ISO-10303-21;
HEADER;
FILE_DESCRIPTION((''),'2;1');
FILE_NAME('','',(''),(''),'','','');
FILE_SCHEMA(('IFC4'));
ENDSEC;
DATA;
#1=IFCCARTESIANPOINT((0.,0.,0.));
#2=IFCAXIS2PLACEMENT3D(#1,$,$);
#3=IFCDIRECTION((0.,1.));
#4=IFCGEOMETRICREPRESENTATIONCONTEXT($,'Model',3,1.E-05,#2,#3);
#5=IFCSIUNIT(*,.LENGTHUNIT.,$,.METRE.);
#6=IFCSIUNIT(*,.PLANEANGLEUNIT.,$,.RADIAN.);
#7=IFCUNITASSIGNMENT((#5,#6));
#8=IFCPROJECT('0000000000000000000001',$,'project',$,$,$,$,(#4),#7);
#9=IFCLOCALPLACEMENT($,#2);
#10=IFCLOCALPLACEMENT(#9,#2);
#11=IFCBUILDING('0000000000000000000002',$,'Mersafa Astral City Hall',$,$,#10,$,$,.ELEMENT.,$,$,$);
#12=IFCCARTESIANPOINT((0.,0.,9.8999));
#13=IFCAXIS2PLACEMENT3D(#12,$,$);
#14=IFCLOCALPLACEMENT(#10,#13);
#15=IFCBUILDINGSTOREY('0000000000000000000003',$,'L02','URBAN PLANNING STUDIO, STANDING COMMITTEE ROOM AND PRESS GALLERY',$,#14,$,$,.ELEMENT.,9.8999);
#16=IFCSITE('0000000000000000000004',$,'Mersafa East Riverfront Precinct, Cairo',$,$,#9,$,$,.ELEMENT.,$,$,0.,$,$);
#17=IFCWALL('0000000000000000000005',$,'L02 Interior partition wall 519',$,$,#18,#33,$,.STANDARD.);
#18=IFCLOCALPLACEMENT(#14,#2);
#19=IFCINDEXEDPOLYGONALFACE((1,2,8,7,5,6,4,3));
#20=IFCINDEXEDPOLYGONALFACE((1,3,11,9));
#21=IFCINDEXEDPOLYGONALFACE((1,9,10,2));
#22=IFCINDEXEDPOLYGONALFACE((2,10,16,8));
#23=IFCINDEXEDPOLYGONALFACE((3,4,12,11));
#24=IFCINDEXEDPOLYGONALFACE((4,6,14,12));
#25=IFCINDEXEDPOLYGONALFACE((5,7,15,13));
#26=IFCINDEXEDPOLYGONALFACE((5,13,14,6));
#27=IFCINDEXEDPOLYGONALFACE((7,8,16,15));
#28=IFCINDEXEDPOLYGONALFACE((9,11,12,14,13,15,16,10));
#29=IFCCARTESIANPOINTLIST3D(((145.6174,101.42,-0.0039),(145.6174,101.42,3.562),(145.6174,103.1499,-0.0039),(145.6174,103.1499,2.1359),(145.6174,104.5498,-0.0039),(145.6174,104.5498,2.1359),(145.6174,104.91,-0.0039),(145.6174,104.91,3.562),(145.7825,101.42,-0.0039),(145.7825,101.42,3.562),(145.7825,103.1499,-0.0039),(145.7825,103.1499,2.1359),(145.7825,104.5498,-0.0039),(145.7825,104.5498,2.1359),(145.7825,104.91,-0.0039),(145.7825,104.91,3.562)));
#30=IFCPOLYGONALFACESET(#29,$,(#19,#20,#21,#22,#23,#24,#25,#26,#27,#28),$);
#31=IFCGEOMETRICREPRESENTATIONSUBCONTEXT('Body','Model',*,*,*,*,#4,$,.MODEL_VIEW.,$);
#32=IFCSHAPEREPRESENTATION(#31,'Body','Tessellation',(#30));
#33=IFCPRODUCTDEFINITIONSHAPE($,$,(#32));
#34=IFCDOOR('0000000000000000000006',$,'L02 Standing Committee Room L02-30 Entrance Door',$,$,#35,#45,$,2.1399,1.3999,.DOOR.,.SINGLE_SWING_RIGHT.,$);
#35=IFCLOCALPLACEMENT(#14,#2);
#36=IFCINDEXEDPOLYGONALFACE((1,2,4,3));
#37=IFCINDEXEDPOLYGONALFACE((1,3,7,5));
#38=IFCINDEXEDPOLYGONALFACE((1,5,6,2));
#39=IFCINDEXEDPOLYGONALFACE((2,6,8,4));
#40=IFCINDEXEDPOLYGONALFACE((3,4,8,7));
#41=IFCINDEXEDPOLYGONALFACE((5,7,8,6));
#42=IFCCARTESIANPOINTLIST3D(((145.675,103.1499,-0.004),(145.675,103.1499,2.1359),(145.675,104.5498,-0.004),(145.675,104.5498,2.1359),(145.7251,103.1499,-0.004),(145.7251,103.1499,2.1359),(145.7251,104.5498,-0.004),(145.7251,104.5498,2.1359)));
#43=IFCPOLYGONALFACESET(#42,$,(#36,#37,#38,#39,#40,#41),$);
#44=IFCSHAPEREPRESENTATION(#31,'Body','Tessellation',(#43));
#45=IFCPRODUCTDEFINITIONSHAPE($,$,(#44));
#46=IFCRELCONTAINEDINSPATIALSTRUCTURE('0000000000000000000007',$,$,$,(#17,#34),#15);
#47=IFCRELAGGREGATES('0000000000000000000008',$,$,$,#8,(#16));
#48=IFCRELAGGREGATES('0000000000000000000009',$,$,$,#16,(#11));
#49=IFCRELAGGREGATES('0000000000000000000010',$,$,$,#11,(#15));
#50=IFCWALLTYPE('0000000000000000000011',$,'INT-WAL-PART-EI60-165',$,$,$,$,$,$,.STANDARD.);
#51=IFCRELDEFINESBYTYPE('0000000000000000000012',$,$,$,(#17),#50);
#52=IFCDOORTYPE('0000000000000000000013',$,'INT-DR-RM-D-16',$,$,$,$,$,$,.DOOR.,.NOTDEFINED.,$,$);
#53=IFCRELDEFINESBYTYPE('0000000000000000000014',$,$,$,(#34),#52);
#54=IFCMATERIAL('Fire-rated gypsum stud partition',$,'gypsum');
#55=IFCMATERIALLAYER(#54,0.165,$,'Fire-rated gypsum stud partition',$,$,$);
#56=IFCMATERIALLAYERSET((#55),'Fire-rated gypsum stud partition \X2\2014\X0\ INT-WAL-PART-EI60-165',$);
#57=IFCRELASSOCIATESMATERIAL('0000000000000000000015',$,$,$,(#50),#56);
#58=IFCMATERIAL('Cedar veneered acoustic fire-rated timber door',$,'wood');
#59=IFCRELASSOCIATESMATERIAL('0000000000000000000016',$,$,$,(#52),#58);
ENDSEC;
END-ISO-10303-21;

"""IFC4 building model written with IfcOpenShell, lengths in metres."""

from ifc_helpers import new_model, si_unit, direction, frame, frame_2d, origin, place, context, subcontext, project, spatial, rectangle, extrude, material, layer, layer_set, type_object, element, fill, save


model = new_model("IFC4")

# Units and contexts
model_context = context("Model", 3, precision=1e-05, world=origin(), true_north=direction((0.0, 1.0)))
body_context = subcontext(model_context, "Body", "Model", "MODEL_VIEW")
ifc_project = project(units=[si_unit("LENGTHUNIT", "METRE"), si_unit("PLANEANGLEUNIT", "RADIAN")], contexts=[model_context])

# Site, building, storey
site_placement = place(None, origin())
site = spatial("IfcSite", under=ifc_project, at=site_placement, Name="Mersafa East Riverfront Precinct, Cairo", CompositionType="ELEMENT", RefElevation=0.0)
building_placement = place(site_placement, origin())
building = spatial("IfcBuilding", under=site, at=building_placement, Name="Mersafa Astral City Hall", CompositionType="ELEMENT")
storey_placement = place(building_placement, frame((0.0, 0.0, 9.8999)))
storey = spatial("IfcBuildingStorey", under=building, at=storey_placement, Name="L02", Description="URBAN PLANNING STUDIO, STANDING COMMITTEE ROOM AND PRESS GALLERY", CompositionType="ELEMENT", Elevation=9.8999)

# Wall, opening, door
ifc_material_1 = material(Name="Fire-rated gypsum stud partition", Category="gypsum")
ifc_layer_1 = layer(ifc_material_1, 0.165, Name="Fire-rated gypsum stud partition")
ifc_layer_set_1 = layer_set([ifc_layer_1], Name="Fire-rated gypsum stud partition — INT-WAL-PART-EI60-165")
wall_type = type_object("IfcWallType", Name="INT-WAL-PART-EI60-165", PredefinedType="STANDARD", material=ifc_layer_set_1)
wall_placement = place(storey_placement, frame((145.7, 101.4199, -0.0039), z_axis=(0.0, 0.0, 1.0), x_axis=(0.0, 1.0, 0.0)))
wall = element("IfcWall", 1, at=wall_placement, inside=storey, type_object=wall_type, Name="L02 Interior partition wall 519", PredefinedType="STANDARD", context=body_context, shape_type="SweptSolid", body=[
    extrude(rectangle(XDim=3.49, YDim=0.165, at=frame_2d((1.7451, 0.0))), origin(), (0.0, 0.0, 1.0), 3.5659),
])
opening_placement = place(wall_placement, frame((1.73, 0.0, 0.0)))
opening = element("IfcOpeningElement", 2, at=opening_placement, cuts=wall, PredefinedType="OPENING", context=body_context, shape_type="SweptSolid", body=[
    extrude(rectangle(XDim=1.3999, YDim=2.1399, at=frame_2d((0.7, 1.0698))), frame((0.0, 0.0925, 0.0), z_axis=(0.0, -1.0, 0.0), x_axis=(1.0, 0.0, 0.0)), (0.0, 0.0, 1.0), 0.1851),
])
ifc_material_2 = material(Name="Cedar veneered acoustic fire-rated timber door", Category="wood")
door_type = type_object("IfcDoorType", Name="INT-DR-RM-D-16", OperationType="NOTDEFINED", PredefinedType="DOOR", material=ifc_material_2)
door_placement = place(opening_placement, origin())
door = element("IfcDoor", 3, at=door_placement, inside=storey, type_object=door_type, Name="L02 Standing Committee Room L02-30 Entrance Door", OperationType="SINGLE_SWING_RIGHT", OverallHeight=2.1399, OverallWidth=1.3999, PredefinedType="DOOR", context=body_context, shape_type="SweptSolid", body=[
    extrude(rectangle(XDim=1.3999, YDim=2.1399, at=frame_2d((0.7, 1.0698))), frame((0.0, 0.0249, 0.0), z_axis=(0.0, -1.0, 0.0), x_axis=(1.0, 0.0, 0.0)), (0.0, 0.0, 1.0), 0.05),
])
fill(opening, door)

save(model, "model.ifc")
